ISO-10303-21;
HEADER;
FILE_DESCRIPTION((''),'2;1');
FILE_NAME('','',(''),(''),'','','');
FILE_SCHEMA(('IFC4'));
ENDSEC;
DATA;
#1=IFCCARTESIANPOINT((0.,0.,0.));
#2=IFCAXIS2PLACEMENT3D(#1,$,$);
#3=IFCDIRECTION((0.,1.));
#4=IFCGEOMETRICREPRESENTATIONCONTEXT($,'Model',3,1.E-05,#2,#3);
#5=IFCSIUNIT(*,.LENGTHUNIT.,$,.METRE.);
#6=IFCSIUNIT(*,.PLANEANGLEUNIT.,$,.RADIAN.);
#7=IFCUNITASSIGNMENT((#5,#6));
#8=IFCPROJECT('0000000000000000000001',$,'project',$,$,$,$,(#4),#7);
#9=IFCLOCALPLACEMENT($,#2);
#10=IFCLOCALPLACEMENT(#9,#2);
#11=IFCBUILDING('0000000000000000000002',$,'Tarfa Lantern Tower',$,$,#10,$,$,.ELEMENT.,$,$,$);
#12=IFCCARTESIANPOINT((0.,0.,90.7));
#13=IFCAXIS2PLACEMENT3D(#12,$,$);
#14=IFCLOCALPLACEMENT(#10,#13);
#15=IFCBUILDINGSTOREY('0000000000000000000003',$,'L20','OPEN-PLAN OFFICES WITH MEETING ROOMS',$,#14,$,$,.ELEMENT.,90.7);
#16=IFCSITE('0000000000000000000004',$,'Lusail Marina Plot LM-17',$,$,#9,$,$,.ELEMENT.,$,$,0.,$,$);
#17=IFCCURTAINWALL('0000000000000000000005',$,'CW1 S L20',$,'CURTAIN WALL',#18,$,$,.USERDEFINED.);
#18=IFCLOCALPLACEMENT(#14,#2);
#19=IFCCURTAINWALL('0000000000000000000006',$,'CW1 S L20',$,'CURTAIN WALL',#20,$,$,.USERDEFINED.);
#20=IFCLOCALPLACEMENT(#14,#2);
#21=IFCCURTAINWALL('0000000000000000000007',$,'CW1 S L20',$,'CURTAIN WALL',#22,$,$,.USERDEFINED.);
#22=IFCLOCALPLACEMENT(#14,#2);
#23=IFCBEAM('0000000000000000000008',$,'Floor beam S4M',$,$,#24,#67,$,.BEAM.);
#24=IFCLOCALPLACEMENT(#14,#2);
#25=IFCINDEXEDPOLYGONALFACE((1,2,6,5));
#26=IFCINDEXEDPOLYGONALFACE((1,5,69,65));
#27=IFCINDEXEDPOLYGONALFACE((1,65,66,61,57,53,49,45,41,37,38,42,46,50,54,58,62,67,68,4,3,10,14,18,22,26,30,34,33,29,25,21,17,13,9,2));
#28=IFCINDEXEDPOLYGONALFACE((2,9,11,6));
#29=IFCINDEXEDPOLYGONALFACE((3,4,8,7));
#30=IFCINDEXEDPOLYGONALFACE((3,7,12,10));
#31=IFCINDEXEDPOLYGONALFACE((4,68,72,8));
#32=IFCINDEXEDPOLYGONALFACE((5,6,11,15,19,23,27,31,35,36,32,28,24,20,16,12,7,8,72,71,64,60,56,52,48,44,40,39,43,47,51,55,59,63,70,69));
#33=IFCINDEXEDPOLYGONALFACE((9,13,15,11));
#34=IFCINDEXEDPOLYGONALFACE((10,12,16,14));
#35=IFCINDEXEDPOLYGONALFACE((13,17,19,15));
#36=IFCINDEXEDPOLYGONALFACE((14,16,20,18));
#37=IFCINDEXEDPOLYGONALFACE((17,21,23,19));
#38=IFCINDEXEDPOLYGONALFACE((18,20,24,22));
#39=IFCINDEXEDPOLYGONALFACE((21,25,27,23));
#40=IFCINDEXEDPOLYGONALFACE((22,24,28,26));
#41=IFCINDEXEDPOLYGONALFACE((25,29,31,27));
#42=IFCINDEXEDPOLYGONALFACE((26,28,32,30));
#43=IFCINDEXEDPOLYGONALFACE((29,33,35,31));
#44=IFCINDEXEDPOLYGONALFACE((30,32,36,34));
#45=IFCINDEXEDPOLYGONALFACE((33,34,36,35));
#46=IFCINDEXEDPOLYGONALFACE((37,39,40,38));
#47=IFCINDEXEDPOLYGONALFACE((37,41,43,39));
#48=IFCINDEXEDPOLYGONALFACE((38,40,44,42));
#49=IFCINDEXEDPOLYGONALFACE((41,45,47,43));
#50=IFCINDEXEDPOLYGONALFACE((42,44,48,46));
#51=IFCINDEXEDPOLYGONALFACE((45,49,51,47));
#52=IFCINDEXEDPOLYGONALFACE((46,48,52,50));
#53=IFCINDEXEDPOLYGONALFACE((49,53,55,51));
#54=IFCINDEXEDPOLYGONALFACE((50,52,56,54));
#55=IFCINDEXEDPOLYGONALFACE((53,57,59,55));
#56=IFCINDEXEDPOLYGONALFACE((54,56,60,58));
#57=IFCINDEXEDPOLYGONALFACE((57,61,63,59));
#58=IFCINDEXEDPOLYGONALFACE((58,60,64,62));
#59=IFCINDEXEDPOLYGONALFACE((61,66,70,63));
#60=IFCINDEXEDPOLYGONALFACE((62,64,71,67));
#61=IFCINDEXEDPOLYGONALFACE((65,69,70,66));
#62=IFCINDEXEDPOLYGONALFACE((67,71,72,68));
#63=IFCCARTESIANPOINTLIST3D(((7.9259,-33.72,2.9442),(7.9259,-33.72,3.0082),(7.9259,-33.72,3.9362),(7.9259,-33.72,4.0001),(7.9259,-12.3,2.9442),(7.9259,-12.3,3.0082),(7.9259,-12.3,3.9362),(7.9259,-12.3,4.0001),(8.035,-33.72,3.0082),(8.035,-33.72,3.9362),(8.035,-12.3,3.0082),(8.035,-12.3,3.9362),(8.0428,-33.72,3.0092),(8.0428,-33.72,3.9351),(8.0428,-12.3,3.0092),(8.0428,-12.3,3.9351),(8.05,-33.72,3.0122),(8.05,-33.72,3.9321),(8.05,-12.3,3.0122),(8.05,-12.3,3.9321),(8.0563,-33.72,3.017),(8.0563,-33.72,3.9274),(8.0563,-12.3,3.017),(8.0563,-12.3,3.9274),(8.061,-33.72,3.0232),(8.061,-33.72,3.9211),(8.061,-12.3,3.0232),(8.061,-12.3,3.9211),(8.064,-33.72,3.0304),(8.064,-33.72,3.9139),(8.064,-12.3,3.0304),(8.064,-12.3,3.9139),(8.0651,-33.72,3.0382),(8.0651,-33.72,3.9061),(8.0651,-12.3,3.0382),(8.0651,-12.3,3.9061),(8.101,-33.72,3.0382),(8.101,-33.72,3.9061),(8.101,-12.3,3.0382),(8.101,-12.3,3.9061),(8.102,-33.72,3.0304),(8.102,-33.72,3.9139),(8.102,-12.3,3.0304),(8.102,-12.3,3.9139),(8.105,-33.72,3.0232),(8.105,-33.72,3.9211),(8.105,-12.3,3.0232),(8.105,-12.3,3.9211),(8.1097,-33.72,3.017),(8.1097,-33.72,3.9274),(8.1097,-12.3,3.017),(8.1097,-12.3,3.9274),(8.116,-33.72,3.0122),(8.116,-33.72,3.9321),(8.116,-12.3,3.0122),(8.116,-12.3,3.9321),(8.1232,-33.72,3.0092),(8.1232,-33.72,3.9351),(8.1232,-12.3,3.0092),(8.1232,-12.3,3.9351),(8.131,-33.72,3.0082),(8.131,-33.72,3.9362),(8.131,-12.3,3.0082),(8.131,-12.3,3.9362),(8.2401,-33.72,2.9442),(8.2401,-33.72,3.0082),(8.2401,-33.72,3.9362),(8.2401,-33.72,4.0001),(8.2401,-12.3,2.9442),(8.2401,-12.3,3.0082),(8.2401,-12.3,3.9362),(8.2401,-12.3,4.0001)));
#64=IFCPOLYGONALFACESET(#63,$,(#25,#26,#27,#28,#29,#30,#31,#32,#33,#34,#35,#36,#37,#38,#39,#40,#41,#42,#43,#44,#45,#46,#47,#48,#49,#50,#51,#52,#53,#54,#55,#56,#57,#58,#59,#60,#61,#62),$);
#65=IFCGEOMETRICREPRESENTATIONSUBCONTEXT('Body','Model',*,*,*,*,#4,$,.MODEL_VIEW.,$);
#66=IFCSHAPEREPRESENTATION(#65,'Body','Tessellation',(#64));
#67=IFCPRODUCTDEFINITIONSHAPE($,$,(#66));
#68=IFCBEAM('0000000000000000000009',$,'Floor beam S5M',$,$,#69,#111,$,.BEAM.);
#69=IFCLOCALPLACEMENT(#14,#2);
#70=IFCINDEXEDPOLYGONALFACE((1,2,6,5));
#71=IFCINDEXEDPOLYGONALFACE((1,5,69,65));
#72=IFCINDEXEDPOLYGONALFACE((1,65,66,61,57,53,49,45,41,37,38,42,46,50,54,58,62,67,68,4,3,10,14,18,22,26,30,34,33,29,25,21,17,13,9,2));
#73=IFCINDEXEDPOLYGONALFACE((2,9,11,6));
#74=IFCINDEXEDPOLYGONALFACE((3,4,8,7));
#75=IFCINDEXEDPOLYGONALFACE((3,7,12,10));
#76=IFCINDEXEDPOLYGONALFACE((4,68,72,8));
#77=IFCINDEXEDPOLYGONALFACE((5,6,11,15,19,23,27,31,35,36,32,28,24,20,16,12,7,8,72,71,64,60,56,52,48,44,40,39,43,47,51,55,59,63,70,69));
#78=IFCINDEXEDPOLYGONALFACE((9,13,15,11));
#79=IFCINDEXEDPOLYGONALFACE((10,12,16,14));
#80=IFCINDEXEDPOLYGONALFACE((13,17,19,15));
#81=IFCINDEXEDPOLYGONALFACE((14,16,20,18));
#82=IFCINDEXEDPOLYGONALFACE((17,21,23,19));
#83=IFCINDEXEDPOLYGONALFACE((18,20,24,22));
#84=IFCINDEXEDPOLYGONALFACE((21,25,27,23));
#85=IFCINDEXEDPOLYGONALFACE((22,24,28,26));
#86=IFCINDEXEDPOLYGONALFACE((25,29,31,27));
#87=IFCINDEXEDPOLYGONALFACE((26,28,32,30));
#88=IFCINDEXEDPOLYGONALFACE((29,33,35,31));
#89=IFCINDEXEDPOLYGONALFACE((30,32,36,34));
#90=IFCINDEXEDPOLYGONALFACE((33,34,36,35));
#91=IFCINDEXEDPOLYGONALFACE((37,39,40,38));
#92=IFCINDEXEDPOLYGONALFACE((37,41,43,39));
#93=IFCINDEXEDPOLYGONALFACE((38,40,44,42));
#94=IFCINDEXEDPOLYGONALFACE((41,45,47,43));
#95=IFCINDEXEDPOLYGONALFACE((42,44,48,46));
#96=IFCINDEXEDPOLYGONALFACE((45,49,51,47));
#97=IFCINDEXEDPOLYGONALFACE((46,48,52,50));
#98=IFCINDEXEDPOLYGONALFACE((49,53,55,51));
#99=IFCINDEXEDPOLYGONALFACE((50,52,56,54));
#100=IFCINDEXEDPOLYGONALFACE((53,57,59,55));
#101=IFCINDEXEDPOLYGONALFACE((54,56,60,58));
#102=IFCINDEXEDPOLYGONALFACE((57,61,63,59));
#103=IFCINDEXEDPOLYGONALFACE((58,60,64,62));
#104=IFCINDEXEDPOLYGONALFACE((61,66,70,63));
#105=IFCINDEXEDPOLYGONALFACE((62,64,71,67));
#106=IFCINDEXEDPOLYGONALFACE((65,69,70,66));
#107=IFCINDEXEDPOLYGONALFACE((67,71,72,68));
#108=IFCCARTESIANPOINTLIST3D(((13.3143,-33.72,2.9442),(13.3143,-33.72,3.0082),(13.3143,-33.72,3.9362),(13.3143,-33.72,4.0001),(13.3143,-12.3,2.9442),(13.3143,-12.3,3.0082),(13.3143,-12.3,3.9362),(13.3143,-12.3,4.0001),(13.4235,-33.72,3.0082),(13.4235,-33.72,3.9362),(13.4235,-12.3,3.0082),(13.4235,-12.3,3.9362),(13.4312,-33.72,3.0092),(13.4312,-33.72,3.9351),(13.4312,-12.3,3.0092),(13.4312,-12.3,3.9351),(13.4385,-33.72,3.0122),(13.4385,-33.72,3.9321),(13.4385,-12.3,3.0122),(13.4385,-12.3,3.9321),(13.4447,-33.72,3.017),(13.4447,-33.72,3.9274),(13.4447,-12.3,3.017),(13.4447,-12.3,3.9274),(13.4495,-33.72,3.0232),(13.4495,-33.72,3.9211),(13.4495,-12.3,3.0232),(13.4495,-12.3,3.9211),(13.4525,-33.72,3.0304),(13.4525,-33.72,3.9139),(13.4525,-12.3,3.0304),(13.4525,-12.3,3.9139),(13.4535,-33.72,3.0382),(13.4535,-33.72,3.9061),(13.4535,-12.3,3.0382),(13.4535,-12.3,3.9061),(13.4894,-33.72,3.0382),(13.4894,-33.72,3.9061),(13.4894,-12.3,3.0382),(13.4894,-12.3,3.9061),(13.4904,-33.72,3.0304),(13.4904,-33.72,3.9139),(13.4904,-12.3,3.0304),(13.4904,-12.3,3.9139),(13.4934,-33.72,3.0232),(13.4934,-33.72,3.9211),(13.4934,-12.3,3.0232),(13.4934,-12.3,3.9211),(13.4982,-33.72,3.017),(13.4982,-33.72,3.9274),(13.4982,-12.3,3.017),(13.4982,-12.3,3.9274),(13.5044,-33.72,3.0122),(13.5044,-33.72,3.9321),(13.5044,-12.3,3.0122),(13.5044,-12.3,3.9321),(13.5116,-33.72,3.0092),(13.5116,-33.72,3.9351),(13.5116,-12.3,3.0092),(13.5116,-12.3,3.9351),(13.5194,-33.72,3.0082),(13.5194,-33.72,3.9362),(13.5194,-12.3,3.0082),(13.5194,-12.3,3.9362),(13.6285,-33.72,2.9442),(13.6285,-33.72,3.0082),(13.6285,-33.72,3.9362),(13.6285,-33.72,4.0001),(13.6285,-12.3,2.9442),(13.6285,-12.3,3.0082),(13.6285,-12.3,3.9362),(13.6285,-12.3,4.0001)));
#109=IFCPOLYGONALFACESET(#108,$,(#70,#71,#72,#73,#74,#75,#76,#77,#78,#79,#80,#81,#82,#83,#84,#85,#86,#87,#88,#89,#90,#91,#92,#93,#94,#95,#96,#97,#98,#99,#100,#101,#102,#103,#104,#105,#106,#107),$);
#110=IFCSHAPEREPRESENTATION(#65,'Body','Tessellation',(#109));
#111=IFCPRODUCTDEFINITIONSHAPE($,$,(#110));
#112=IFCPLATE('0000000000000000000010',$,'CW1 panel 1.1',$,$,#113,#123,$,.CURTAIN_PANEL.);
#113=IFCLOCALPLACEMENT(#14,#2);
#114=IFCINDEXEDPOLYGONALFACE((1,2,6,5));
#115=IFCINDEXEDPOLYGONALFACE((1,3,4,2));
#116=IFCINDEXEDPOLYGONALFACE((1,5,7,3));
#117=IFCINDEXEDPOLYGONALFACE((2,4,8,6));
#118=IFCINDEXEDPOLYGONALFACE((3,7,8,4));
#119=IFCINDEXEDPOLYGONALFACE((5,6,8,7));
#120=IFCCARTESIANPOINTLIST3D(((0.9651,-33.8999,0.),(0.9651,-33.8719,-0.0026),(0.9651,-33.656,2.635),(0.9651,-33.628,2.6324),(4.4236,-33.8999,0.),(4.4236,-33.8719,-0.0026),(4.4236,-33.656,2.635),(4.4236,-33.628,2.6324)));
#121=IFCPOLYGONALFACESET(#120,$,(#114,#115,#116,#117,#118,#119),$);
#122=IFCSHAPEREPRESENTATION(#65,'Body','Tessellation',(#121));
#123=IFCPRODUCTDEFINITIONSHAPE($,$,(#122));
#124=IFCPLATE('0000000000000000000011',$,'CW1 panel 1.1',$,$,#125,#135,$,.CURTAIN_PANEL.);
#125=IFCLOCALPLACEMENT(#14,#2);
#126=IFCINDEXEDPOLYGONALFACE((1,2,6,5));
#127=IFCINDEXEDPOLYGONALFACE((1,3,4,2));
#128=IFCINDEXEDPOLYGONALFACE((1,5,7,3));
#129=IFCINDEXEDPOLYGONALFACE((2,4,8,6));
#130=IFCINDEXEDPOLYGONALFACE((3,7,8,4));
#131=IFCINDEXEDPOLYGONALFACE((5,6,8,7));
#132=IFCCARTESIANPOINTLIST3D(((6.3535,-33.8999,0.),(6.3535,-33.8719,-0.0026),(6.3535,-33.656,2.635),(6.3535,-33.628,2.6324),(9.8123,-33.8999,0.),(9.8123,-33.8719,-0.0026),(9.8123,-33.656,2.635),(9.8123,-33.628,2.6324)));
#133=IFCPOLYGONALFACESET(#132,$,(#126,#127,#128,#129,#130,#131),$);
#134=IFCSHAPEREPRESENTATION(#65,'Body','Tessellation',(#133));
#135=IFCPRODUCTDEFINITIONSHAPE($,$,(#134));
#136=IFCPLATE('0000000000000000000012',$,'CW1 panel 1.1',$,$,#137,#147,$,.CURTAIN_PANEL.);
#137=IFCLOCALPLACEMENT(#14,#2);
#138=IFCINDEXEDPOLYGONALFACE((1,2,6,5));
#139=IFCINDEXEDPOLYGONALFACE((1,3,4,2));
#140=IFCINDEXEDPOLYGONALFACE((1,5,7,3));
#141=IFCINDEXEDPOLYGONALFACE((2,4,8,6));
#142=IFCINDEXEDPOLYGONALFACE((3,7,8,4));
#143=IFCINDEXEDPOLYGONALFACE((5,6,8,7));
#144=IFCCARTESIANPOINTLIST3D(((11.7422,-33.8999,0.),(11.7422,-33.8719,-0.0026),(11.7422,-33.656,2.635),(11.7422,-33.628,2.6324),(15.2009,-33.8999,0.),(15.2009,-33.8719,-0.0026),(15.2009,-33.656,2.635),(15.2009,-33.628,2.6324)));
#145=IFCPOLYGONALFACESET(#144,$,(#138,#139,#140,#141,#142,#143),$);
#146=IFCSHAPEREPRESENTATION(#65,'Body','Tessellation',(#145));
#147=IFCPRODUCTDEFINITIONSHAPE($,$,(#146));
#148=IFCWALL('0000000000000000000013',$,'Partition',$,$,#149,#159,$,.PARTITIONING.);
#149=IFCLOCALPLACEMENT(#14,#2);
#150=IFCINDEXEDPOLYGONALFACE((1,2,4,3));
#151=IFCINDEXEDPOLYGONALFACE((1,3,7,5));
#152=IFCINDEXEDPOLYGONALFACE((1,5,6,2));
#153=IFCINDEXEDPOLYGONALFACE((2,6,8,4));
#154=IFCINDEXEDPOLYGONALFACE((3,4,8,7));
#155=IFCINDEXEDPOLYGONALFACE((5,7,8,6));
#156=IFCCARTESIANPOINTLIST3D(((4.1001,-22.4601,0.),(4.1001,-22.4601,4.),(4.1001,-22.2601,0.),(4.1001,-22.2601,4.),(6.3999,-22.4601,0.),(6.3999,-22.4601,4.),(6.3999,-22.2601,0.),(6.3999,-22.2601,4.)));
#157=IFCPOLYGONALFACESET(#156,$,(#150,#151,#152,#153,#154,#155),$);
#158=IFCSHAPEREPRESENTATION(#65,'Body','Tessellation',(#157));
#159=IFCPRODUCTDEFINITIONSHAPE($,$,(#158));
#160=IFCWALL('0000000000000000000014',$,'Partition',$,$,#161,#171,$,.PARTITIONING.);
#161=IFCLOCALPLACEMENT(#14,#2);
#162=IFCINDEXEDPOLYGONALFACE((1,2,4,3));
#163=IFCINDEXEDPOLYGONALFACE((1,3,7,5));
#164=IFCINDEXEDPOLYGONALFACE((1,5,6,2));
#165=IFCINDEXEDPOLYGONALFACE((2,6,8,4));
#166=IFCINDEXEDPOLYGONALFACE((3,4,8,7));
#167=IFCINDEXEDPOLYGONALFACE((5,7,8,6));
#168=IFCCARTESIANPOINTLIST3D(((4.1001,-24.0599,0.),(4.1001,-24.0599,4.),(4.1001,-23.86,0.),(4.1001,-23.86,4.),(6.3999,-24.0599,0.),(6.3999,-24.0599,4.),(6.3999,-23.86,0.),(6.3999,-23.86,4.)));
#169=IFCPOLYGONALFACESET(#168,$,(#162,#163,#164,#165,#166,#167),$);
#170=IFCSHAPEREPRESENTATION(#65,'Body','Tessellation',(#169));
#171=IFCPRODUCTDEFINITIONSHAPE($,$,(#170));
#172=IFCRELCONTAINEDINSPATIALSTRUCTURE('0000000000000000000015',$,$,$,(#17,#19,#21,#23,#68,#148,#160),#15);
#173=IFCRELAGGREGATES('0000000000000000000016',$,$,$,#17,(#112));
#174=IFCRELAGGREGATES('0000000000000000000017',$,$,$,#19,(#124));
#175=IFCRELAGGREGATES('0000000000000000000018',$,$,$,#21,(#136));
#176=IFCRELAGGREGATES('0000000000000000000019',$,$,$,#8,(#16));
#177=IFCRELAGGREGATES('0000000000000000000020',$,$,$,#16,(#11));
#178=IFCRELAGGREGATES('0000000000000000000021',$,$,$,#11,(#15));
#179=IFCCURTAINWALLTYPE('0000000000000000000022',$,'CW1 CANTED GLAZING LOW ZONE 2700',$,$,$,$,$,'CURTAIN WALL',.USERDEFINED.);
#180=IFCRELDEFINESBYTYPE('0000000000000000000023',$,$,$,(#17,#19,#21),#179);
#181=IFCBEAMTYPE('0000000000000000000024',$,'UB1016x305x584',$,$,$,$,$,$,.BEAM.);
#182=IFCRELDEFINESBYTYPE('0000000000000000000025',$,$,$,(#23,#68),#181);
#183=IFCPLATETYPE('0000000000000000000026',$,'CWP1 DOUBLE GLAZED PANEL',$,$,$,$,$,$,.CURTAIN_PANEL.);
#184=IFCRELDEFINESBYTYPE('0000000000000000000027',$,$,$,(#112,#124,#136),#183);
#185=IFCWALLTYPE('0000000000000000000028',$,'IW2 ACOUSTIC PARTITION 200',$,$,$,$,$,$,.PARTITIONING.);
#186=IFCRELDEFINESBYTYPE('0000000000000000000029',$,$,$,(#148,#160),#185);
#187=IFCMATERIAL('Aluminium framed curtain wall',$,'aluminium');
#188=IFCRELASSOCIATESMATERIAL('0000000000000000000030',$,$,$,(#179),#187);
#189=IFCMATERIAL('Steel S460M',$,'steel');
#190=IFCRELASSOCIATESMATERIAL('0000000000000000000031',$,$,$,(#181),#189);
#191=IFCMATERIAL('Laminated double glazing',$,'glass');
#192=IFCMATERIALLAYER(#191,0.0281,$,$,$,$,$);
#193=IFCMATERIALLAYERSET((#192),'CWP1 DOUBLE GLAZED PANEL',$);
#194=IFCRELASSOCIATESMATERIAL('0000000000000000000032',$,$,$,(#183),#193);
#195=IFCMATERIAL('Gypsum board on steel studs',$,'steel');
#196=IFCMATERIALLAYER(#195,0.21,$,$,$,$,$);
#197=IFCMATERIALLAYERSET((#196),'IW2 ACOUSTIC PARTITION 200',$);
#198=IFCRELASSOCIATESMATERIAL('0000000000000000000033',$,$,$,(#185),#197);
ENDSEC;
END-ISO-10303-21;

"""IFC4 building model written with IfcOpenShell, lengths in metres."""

from ifc_helpers import new_model, si_unit, direction, frame, frame_2d, origin, origin_2d, place, context, subcontext, project, spatial, polyline, rectangle, i_section, outline, extrude, material, layer, layer_set, material_profile, profile_set, type_object, element, aggregate, save


model = new_model("IFC4")

# Units and contexts
model_context = context("Model", 3, precision=1e-05, world=origin(), true_north=direction((0.0, 1.0)))
body_context = subcontext(model_context, "Body", "Model", "MODEL_VIEW")
ifc_project = project(units=[si_unit("LENGTHUNIT", "METRE"), si_unit("PLANEANGLEUNIT", "RADIAN")], contexts=[model_context])

# Site, building, storey
site_placement = place(None, origin())
site = spatial("IfcSite", under=ifc_project, at=site_placement, Name="Lusail Marina Plot LM-17", CompositionType="ELEMENT", RefElevation=0.0)
building_placement = place(site_placement, origin())
building = spatial("IfcBuilding", under=site, at=building_placement, Name="Tarfa Lantern Tower", CompositionType="ELEMENT")
storey_placement = place(building_placement, frame((0.0, 0.0, 90.7)))
storey = spatial("IfcBuildingStorey", under=building, at=storey_placement, Name="L20", Description="OPEN-PLAN OFFICES WITH MEETING ROOMS", CompositionType="ELEMENT", Elevation=90.7)

# Curtain walls
ifc_material_1 = material(Name="Aluminium framed curtain wall", Category="aluminium")
curtain_wall_type = type_object("IfcCurtainWallType", Name="CW1 CANTED GLAZING LOW ZONE 2700", ElementType="CURTAIN WALL", PredefinedType="USERDEFINED", material=ifc_material_1)
curtain_wall_1_placement = place(storey_placement, origin())
curtain_wall_1 = element("IfcCurtainWall", 1, at=curtain_wall_1_placement, inside=storey, type_object=curtain_wall_type, Name="CW1 S L20", ObjectType="CURTAIN WALL", PredefinedType="USERDEFINED")
curtain_wall_2_placement = place(storey_placement, origin())
curtain_wall_2 = element("IfcCurtainWall", 2, at=curtain_wall_2_placement, inside=storey, type_object=curtain_wall_type, Name="CW1 S L20", ObjectType="CURTAIN WALL", PredefinedType="USERDEFINED")

# Curtain wall
curtain_wall_3_placement = place(storey_placement, origin())
curtain_wall_3 = element("IfcCurtainWall", 3, at=curtain_wall_3_placement, inside=storey, type_object=curtain_wall_type, Name="CW1 S L20", ObjectType="CURTAIN WALL", PredefinedType="USERDEFINED")

# Beams
ifc_material_2 = material(Name="Steel S460M", Category="steel")
ifc_material_profile_1 = material_profile(ifc_material_2, i_section(OverallWidth=0.3142, OverallDepth=1.0559, WebThickness=0.0359, FlangeThickness=0.064, FilletRadius=0.03, at=origin_2d()), Name="UB1016x305x584")
ifc_profile_set_1 = profile_set([ifc_material_profile_1], Name="Steel S460M")
beam_type_1 = type_object("IfcBeamType", Name="UB1016x305x584", PredefinedType="BEAM", material=ifc_profile_set_1)
for number, where, z_axis, x_axis, name in (
    (4, (8.083, -33.72, 3.4722), (0.0, 1.0, 0.0), (-1.0, 0.0, 0.0), "Floor beam S4M"),
    (5, (13.4714, -33.72, 3.4722), (0.0, 1.0, 0.0), (-1.0, 0.0, 0.0), "Floor beam S5M"),
):
    element("IfcBeam", number, at=place(storey_placement, frame(where, z_axis=z_axis, x_axis=x_axis)), inside=storey, type_object=beam_type_1, Name=name, PredefinedType="BEAM", context=body_context, shape_type="SweptSolid", body=[
        extrude(i_section(OverallWidth=0.3142, OverallDepth=1.0559, WebThickness=0.0359, FlangeThickness=0.064, FilletRadius=0.03, at=origin_2d()), origin(), (0.0, 0.0, 1.0), 21.4199),
    ])

# Plates
ifc_material_3 = material(Name="Laminated double glazing", Category="glass")
ifc_layer_1 = layer(ifc_material_3, 0.0281)
ifc_layer_set_1 = layer_set([ifc_layer_1], Name="CWP1 DOUBLE GLAZED PANEL")
plate_type = type_object("IfcPlateType", Name="CWP1 DOUBLE GLAZED PANEL", PredefinedType="CURTAIN_PANEL", material=ifc_layer_set_1)
plate_1_placement = place(storey_placement, frame((0.9651, -33.8999, 0.0), z_axis=(0.0, -0.995744, 0.092166), x_axis=(1.0, 0.0, 0.0)))
plate_1 = element("IfcPlate", 6, at=plate_1_placement, type_object=plate_type, Name="CW1 panel 1.1", PredefinedType="CURTAIN_PANEL", context=body_context, shape_type="SweptSolid", body=[
    extrude(outline(polyline([(0.0, 0.0), (3.4585, 0.0), (3.4585, 2.6463), (0.0, 2.6463), (0.0, 0.0)])), origin(), (0.0, 0.0, -1.0), 0.0281),
])
aggregate(curtain_wall_1, [plate_1])
plate_2_placement = place(storey_placement, frame((6.3535, -33.8999, 0.0), z_axis=(0.0, -0.995744, 0.092166), x_axis=(1.0, 0.0, 0.0)))
plate_2 = element("IfcPlate", 7, at=plate_2_placement, type_object=plate_type, Name="CW1 panel 1.1", PredefinedType="CURTAIN_PANEL", context=body_context, shape_type="SweptSolid", body=[
    extrude(outline(polyline([(0.0, 0.0), (3.4587, 0.0), (3.4587, 2.6463), (0.0, 2.6463), (0.0, 0.0)])), origin(), (0.0, 0.0, -1.0), 0.0281),
])
aggregate(curtain_wall_2, [plate_2])
plate_3_placement = place(storey_placement, frame((11.7422, -33.8999, 0.0), z_axis=(0.0, -0.995744, 0.092166), x_axis=(1.0, 0.0, 0.0)))
plate_3 = element("IfcPlate", 8, at=plate_3_placement, type_object=plate_type, Name="CW1 panel 1.1", PredefinedType="CURTAIN_PANEL", context=body_context, shape_type="SweptSolid", body=[
    extrude(outline(polyline([(0.0, 0.0), (3.4587, 0.0), (3.4587, 2.6463), (0.0, 2.6463), (0.0, 0.0)])), origin(), (0.0, 0.0, -1.0), 0.0281),
])
aggregate(curtain_wall_3, [plate_3])

# Walls
ifc_material_4 = material(Name="Gypsum board on steel studs", Category="steel")
ifc_layer_2 = layer(ifc_material_4, 0.21)
ifc_layer_set_2 = layer_set([ifc_layer_2], Name="IW2 ACOUSTIC PARTITION 200")
wall_type = type_object("IfcWallType", Name="IW2 ACOUSTIC PARTITION 200", PredefinedType="PARTITIONING", material=ifc_layer_set_2)
for number, where, z_axis, x_axis, name in (
    (9, (4.1001, -22.3601, 0.0), (0.0, 0.0, 1.0), (1.0, 0.0, 0.0), "Partition"),
    (10, (4.1001, -23.96, 0.0), (0.0, 0.0, 1.0), (1.0, 0.0, 0.0), "Partition"),
):
    element("IfcWall", number, at=place(storey_placement, frame(where, z_axis=z_axis, x_axis=x_axis)), inside=storey, type_object=wall_type, Name=name, PredefinedType="PARTITIONING", context=body_context, shape_type="SweptSolid", body=[
        extrude(rectangle(XDim=2.2998, YDim=0.2, at=frame_2d((1.1499, 0.0))), origin(), (0.0, 0.0, 1.0), 4.0),
    ])

save(model, "model.ifc")
